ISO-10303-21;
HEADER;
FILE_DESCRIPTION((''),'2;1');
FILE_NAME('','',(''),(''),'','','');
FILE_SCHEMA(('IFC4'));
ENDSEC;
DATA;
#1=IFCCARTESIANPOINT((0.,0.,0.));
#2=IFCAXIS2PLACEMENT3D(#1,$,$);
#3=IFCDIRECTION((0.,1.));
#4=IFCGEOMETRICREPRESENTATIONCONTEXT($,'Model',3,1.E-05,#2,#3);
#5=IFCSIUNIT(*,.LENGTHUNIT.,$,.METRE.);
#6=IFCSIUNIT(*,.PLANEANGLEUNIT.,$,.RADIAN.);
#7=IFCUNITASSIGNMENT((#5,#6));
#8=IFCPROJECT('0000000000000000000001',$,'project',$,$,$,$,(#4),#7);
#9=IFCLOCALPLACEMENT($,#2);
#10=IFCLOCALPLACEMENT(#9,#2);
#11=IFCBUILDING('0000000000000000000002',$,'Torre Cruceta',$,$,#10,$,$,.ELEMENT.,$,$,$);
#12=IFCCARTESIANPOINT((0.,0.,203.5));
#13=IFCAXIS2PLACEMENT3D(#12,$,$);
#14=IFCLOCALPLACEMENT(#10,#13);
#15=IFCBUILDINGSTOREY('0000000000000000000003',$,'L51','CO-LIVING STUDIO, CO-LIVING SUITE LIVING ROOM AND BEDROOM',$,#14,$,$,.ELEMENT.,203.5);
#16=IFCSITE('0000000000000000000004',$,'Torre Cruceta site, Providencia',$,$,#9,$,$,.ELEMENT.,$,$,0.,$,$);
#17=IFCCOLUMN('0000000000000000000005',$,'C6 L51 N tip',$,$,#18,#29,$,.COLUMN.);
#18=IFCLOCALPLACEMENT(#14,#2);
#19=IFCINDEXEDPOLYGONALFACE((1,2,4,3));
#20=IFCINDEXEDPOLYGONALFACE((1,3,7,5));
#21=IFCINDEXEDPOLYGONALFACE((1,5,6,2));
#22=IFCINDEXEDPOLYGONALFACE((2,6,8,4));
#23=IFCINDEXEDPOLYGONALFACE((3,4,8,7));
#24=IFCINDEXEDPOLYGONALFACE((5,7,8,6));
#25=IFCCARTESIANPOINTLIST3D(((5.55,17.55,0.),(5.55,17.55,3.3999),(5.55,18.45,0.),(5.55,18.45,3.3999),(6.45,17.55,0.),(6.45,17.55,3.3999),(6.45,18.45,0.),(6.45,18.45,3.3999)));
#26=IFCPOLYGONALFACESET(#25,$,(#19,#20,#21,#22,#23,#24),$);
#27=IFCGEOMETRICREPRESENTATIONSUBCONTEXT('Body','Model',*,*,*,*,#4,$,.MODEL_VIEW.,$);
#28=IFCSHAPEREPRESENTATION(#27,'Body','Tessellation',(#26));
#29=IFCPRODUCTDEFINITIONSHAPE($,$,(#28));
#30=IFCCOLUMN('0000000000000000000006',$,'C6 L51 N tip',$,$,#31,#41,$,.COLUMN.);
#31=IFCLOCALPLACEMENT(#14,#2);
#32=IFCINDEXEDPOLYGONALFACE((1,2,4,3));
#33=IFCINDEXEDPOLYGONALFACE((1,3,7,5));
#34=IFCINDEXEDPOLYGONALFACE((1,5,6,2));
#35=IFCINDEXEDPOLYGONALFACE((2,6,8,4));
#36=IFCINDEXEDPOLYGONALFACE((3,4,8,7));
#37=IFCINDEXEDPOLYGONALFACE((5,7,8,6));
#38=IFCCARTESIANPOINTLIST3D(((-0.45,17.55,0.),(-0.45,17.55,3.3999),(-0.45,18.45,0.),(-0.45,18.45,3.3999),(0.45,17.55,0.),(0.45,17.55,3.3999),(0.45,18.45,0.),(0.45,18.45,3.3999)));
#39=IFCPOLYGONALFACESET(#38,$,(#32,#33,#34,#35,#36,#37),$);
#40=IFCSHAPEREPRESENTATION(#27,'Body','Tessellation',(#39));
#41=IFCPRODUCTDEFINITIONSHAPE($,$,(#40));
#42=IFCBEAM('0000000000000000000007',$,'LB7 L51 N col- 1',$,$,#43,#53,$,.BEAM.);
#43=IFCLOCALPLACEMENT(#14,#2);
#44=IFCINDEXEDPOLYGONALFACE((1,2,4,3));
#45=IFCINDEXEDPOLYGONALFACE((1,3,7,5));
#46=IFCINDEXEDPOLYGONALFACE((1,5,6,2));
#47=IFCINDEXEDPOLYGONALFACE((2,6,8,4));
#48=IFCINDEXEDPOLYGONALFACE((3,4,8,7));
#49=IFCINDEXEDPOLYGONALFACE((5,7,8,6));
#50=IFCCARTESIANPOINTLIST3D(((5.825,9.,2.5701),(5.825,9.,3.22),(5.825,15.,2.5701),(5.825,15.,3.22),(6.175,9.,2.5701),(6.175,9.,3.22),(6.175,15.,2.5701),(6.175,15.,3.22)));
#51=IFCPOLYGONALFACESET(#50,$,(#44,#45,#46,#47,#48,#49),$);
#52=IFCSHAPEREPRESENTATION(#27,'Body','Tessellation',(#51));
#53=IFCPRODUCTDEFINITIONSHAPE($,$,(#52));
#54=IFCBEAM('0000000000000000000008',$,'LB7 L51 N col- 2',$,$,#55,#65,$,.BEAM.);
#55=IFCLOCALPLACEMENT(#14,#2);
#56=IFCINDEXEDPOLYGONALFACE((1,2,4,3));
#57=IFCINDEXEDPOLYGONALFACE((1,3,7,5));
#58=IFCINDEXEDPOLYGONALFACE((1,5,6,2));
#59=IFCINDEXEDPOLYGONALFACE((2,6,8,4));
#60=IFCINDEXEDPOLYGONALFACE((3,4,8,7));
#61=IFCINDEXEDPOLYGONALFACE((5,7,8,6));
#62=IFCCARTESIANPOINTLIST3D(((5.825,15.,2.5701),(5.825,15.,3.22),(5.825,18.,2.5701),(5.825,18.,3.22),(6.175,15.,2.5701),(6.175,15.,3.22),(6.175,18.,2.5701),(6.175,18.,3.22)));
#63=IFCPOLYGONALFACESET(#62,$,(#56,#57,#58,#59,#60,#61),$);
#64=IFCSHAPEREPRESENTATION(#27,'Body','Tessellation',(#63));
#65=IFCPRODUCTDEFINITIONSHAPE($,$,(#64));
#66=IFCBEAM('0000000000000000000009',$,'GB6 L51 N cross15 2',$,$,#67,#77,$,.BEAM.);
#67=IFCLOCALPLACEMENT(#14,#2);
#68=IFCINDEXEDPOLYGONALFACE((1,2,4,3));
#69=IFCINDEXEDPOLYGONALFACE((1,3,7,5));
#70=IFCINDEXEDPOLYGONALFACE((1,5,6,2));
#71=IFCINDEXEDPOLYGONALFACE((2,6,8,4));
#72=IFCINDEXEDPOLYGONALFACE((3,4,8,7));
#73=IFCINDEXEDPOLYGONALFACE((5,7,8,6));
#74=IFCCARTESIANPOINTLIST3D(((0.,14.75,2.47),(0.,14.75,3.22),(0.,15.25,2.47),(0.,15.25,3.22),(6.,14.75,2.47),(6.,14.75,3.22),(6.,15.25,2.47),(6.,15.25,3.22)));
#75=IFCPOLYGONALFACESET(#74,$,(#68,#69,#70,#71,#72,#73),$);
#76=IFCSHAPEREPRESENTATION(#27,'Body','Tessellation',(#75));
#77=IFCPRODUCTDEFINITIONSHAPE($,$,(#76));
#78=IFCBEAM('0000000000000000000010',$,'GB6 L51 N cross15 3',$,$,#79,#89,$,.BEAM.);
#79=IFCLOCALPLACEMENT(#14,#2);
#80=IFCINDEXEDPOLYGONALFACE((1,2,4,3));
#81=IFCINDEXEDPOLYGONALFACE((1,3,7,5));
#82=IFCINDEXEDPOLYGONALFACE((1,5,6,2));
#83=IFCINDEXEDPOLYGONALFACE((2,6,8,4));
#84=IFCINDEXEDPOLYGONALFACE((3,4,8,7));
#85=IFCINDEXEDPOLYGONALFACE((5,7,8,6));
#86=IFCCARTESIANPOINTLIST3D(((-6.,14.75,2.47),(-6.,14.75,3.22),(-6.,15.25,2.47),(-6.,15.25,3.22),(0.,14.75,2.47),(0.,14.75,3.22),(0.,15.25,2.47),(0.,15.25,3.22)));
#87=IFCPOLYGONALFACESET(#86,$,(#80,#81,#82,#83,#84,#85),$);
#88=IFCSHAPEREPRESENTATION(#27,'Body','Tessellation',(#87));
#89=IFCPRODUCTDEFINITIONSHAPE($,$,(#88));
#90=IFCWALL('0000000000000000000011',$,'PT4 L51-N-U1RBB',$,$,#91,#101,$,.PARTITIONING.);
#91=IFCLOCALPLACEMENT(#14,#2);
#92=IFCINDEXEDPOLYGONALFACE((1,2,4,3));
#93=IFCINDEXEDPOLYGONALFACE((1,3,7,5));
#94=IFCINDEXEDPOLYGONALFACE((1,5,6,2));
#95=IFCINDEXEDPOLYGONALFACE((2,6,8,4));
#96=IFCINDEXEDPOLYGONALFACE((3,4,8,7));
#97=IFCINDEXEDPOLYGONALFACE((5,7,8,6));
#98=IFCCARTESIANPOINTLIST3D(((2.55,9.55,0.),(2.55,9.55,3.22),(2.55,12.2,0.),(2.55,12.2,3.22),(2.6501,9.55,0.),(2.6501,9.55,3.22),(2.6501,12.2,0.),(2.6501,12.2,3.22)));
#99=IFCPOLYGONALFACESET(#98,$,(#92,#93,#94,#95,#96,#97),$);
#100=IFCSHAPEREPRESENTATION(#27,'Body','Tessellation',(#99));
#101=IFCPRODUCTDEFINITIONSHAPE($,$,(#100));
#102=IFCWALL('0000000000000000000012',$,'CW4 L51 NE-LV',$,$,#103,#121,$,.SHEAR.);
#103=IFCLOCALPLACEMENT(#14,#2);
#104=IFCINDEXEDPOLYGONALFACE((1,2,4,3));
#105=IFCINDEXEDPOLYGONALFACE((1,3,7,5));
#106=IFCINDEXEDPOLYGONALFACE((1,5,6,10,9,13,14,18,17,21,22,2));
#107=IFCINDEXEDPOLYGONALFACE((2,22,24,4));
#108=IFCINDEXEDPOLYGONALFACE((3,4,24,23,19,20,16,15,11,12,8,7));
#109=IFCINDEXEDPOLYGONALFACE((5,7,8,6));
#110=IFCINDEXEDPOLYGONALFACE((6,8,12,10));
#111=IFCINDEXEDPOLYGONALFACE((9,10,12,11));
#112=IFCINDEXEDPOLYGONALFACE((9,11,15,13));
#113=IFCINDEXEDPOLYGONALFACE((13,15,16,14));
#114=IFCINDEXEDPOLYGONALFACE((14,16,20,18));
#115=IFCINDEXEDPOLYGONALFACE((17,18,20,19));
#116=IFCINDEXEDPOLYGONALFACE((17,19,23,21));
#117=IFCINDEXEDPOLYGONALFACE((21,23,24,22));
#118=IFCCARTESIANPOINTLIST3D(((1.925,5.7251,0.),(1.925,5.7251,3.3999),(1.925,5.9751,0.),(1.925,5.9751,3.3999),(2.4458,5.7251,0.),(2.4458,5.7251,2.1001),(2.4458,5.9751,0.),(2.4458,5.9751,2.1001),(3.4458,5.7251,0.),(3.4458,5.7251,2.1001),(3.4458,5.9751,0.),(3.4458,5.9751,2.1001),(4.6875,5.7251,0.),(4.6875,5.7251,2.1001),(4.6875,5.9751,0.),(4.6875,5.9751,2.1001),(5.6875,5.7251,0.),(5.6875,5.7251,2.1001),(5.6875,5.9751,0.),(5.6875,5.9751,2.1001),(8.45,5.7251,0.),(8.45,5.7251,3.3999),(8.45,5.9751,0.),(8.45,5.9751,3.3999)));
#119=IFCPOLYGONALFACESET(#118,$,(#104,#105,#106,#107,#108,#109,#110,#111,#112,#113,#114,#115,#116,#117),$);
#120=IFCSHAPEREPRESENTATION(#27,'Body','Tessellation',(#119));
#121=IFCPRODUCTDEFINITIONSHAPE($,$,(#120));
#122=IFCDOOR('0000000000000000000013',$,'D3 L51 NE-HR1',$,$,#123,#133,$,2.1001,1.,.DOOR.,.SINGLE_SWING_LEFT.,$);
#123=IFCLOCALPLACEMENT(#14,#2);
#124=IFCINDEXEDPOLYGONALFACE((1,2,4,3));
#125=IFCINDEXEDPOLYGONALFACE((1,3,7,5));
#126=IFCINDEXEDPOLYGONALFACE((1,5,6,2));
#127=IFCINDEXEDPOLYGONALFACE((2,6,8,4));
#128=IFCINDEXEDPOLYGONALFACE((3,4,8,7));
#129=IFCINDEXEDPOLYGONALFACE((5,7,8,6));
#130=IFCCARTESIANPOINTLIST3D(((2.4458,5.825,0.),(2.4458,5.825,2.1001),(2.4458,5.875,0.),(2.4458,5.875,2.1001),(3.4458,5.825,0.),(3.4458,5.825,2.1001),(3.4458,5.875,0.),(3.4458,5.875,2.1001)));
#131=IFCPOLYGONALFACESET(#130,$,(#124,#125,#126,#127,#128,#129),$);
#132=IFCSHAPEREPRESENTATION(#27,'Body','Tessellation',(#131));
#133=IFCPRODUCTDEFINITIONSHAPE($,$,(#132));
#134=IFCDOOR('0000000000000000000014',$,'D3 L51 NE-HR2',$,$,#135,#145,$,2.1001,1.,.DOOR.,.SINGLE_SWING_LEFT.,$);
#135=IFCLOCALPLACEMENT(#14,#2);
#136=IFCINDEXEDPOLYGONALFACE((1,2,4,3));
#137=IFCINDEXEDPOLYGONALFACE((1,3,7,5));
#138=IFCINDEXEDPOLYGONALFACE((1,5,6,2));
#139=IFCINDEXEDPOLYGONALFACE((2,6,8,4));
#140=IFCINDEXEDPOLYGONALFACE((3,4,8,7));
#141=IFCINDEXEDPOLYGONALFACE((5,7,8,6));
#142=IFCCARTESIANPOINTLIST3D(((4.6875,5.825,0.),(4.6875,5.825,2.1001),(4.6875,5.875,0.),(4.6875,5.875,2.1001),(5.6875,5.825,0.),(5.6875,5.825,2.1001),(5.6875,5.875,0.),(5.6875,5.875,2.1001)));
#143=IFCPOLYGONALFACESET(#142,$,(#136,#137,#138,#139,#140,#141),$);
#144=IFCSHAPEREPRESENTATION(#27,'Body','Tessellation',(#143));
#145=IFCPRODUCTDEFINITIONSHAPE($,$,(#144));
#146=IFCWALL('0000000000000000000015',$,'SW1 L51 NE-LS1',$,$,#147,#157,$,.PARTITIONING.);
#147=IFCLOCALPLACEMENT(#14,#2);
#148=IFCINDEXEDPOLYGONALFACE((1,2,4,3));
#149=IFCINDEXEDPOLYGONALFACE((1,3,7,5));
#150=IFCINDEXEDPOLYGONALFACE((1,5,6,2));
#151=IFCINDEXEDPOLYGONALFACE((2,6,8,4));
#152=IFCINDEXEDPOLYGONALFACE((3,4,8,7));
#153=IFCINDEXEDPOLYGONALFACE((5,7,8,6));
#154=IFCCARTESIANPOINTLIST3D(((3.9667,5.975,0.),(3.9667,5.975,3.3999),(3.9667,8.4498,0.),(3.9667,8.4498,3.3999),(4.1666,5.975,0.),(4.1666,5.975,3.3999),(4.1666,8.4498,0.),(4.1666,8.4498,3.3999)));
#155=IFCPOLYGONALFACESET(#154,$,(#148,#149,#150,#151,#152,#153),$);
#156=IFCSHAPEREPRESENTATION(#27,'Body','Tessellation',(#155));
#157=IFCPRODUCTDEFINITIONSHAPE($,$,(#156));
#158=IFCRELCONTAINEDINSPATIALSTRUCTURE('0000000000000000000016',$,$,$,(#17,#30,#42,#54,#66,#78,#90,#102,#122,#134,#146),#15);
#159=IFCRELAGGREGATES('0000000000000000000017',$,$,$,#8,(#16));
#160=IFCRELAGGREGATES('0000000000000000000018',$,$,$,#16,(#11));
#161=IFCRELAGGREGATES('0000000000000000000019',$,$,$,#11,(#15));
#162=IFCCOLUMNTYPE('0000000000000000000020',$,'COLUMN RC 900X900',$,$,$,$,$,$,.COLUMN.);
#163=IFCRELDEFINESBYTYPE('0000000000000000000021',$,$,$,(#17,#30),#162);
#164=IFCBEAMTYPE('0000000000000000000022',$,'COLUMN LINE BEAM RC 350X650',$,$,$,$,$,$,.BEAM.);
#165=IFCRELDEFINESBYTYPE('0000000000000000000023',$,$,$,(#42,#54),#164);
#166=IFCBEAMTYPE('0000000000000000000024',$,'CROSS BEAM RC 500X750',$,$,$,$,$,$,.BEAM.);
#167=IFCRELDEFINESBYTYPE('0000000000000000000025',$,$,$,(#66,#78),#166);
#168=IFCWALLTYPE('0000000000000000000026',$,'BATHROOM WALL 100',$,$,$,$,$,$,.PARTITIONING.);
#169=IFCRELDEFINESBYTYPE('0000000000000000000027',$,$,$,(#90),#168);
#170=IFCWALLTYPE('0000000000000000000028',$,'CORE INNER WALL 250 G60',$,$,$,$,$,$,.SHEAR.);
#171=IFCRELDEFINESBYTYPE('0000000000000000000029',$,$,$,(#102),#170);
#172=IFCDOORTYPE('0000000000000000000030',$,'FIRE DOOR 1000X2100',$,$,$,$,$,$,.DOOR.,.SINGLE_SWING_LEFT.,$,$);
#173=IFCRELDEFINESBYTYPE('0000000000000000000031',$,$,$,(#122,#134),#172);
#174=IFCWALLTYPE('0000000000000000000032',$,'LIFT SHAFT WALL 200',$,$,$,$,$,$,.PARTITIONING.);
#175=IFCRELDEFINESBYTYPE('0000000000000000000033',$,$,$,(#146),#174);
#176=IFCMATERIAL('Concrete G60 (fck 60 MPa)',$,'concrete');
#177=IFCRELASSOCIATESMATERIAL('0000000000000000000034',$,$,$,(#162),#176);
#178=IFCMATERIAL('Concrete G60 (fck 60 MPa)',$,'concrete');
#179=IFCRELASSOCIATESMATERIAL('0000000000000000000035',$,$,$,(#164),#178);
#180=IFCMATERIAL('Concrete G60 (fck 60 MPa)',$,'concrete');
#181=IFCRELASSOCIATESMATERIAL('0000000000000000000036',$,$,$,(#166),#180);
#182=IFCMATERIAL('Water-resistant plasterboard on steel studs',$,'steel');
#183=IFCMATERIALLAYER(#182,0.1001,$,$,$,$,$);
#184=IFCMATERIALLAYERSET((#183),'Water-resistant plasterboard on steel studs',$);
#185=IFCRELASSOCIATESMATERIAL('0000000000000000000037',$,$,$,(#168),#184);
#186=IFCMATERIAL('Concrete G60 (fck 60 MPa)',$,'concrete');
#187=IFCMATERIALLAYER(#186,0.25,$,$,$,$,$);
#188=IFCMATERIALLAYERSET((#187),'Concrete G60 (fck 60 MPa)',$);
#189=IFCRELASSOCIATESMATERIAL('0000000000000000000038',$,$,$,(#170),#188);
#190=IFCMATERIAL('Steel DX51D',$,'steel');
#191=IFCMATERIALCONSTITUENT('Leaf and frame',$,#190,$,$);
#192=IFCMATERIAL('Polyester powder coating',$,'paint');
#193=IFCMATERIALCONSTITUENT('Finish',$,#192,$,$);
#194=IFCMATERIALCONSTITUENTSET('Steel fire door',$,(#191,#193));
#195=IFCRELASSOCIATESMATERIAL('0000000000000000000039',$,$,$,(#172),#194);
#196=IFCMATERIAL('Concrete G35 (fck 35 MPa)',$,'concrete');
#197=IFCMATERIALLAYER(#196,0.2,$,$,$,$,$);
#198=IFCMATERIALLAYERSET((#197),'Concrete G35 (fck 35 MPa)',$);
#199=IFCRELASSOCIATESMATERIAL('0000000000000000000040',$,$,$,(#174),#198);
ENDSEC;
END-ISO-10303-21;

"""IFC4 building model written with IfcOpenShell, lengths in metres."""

from ifc_helpers import new_model, si_unit, direction, frame, frame_2d, origin, origin_2d, place, context, subcontext, project, spatial, rectangle, extrude, material, layer, layer_set, constituent, constituent_set, material_profile, profile_set, type_object, element, fill, save


model = new_model("IFC4")

# Units and contexts
model_context = context("Model", 3, precision=1e-05, world=origin(), true_north=direction((0.0, 1.0)))
body_context = subcontext(model_context, "Body", "Model", "MODEL_VIEW")
ifc_project = project(units=[si_unit("LENGTHUNIT", "METRE"), si_unit("PLANEANGLEUNIT", "RADIAN")], contexts=[model_context])

# Site, building, storey
site_placement = place(None, origin())
site = spatial("IfcSite", under=ifc_project, at=site_placement, Name="Torre Cruceta site, Providencia", CompositionType="ELEMENT", RefElevation=0.0)
building_placement = place(site_placement, origin())
building = spatial("IfcBuilding", under=site, at=building_placement, Name="Torre Cruceta", CompositionType="ELEMENT")
storey_placement = place(building_placement, frame((0.0, 0.0, 203.5)))
storey = spatial("IfcBuildingStorey", under=building, at=storey_placement, Name="L51", Description="CO-LIVING STUDIO, CO-LIVING SUITE LIVING ROOM AND BEDROOM", CompositionType="ELEMENT", Elevation=203.5)

# Columns
ifc_material_1 = material(Name="Concrete G60 (fck 60 MPa)", Category="concrete")
ifc_material_profile_1 = material_profile(ifc_material_1, rectangle(XDim=0.8999, YDim=0.8999, at=origin_2d()), Name="RC 900X900")
ifc_profile_set_1 = profile_set([ifc_material_profile_1], Name="Concrete G60 (fck 60 MPa)")
column_type = type_object("IfcColumnType", Name="COLUMN RC 900X900", PredefinedType="COLUMN", material=ifc_profile_set_1)
for number, where, z_axis, x_axis, name in (
    (1, (6.0, 18.0, 0.0), (0.0, 0.0, 1.0), (1.0, 0.0, 0.0), "C6 L51 N tip"),
    (2, (0.0, 18.0, 0.0), (0.0, 0.0, 1.0), (1.0, 0.0, 0.0), "C6 L51 N tip"),
):
    element("IfcColumn", number, at=place(storey_placement, frame(where, z_axis=z_axis, x_axis=x_axis)), inside=storey, type_object=column_type, Name=name, PredefinedType="COLUMN", context=body_context, shape_type="SweptSolid", body=[
        extrude(rectangle(XDim=0.8999, YDim=0.8999, at=origin_2d()), origin(), (0.0, 0.0, 1.0), 3.3999),
    ])

# Beams
ifc_material_2 = material(Name="Concrete G60 (fck 60 MPa)", Category="concrete")
ifc_material_profile_2 = material_profile(ifc_material_2, rectangle(XDim=0.3501, YDim=0.6499, at=origin_2d()), Name="RC 350X650")
ifc_profile_set_2 = profile_set([ifc_material_profile_2], Name="Concrete G60 (fck 60 MPa)")
beam_type_1 = type_object("IfcBeamType", Name="COLUMN LINE BEAM RC 350X650", PredefinedType="BEAM", material=ifc_profile_set_2)
beam_1_placement = place(storey_placement, frame((6.0, 9.0, 2.895), z_axis=(0.0, 1.0, 0.0), x_axis=(-1.0, 0.0, 0.0)))
element("IfcBeam", 3, at=beam_1_placement, inside=storey, type_object=beam_type_1, Name="LB7 L51 N col- 1", PredefinedType="BEAM", context=body_context, shape_type="SweptSolid", body=[
    extrude(rectangle(XDim=0.3501, YDim=0.6499, at=origin_2d()), origin(), (0.0, 0.0, 1.0), 6.0),
])
beam_2_placement = place(storey_placement, frame((6.0, 15.0, 2.895), z_axis=(0.0, 1.0, 0.0), x_axis=(-1.0, 0.0, 0.0)))
element("IfcBeam", 4, at=beam_2_placement, inside=storey, type_object=beam_type_1, Name="LB7 L51 N col- 2", PredefinedType="BEAM", context=body_context, shape_type="SweptSolid", body=[
    extrude(rectangle(XDim=0.3501, YDim=0.6499, at=origin_2d()), origin(), (0.0, 0.0, 1.0), 3.0),
])
ifc_material_3 = material(Name="Concrete G60 (fck 60 MPa)", Category="concrete")
ifc_material_profile_3 = material_profile(ifc_material_3, rectangle(XDim=0.5, YDim=0.75, at=origin_2d()), Name="RC 500X750")
ifc_profile_set_3 = profile_set([ifc_material_profile_3], Name="Concrete G60 (fck 60 MPa)")
beam_type_2 = type_object("IfcBeamType", Name="CROSS BEAM RC 500X750", PredefinedType="BEAM", material=ifc_profile_set_3)
for number, where, z_axis, x_axis, name in (
    (5, (6.0, 15.0, 2.845), (-1.0, 0.0, 0.0), (0.0, -1.0, 0.0), "GB6 L51 N cross15 2"),
    (6, (0.0, 15.0, 2.845), (-1.0, 0.0, 0.0), (0.0, -1.0, 0.0), "GB6 L51 N cross15 3"),
):
    element("IfcBeam", number, at=place(storey_placement, frame(where, z_axis=z_axis, x_axis=x_axis)), inside=storey, type_object=beam_type_2, Name=name, PredefinedType="BEAM", context=body_context, shape_type="SweptSolid", body=[
        extrude(rectangle(XDim=0.5, YDim=0.75, at=origin_2d()), origin(), (0.0, 0.0, 1.0), 6.0),
    ])

# Wall
ifc_material_4 = material(Name="Water-resistant plasterboard on steel studs", Category="steel")
ifc_layer_1 = layer(ifc_material_4, 0.1001)
ifc_layer_set_1 = layer_set([ifc_layer_1], Name="Water-resistant plasterboard on steel studs")
wall_type_1 = type_object("IfcWallType", Name="BATHROOM WALL 100", PredefinedType="PARTITIONING", material=ifc_layer_set_1)
wall_1_placement = place(storey_placement, frame((2.6001, 9.55, 0.0), z_axis=(0.0, 0.0, 1.0), x_axis=(0.0, 1.0, 0.0)))
element("IfcWall", 7, at=wall_1_placement, inside=storey, type_object=wall_type_1, Name="PT4 L51-N-U1RBB", PredefinedType="PARTITIONING", context=body_context, shape_type="SweptSolid", body=[
    extrude(rectangle(XDim=2.6499, YDim=0.1001, at=frame_2d((1.325, 0.0))), origin(), (0.0, 0.0, 1.0), 3.22),
])

# Wall, openings, doors
ifc_material_5 = material(Name="Concrete G60 (fck 60 MPa)", Category="concrete")
ifc_layer_2 = layer(ifc_material_5, 0.25)
ifc_layer_set_2 = layer_set([ifc_layer_2], Name="Concrete G60 (fck 60 MPa)")
wall_type_2 = type_object("IfcWallType", Name="CORE INNER WALL 250 G60", PredefinedType="SHEAR", material=ifc_layer_set_2)
wall_2_placement = place(storey_placement, frame((1.925, 5.8501, 0.0), z_axis=(0.0, 0.0, 1.0), x_axis=(1.0, 0.0, 0.0)))
wall_2 = element("IfcWall", 8, at=wall_2_placement, inside=storey, type_object=wall_type_2, Name="CW4 L51 NE-LV", PredefinedType="SHEAR", context=body_context, shape_type="SweptSolid", body=[
    extrude(rectangle(XDim=6.5249, YDim=0.25, at=frame_2d((3.2625, 0.0))), origin(), (0.0, 0.0, 1.0), 3.3999),
])
opening_1_placement = place(wall_2_placement, frame((0.5208, 0.0, 0.0)))
opening_1 = element("IfcOpeningElement", 9, at=opening_1_placement, cuts=wall_2, PredefinedType="OPENING", context=body_context, shape_type="SweptSolid", body=[
    extrude(rectangle(XDim=1.0, YDim=2.1001, at=frame_2d((0.5, 1.05))), frame((0.0, 0.135, 0.0), z_axis=(0.0, -1.0, 0.0), x_axis=(1.0, 0.0, 0.0)), (0.0, 0.0, 1.0), 0.27),
])
opening_2_placement = place(wall_2_placement, frame((2.7625, 0.0, 0.0)))
opening_2 = element("IfcOpeningElement", 10, at=opening_2_placement, cuts=wall_2, PredefinedType="OPENING", context=body_context, shape_type="SweptSolid", body=[
    extrude(rectangle(XDim=1.0, YDim=2.1001, at=frame_2d((0.5, 1.05))), frame((0.0, 0.135, 0.0), z_axis=(0.0, -1.0, 0.0), x_axis=(1.0, 0.0, 0.0)), (0.0, 0.0, 1.0), 0.27),
])
ifc_material_6 = material(Name="Steel DX51D", Category="steel")
ifc_constituent_1 = constituent(ifc_material_6, Name="Leaf and frame")
ifc_material_7 = material(Name="Polyester powder coating", Category="paint")
ifc_constituent_2 = constituent(ifc_material_7, Name="Finish")
ifc_constituent_set_1 = constituent_set(constituents=[ifc_constituent_1, ifc_constituent_2], Name="Steel fire door")
door_type_1 = type_object("IfcDoorType", Name="FIRE DOOR 1000X2100", OperationType="SINGLE_SWING_LEFT", PredefinedType="DOOR", material=ifc_constituent_set_1)
door_1_placement = place(opening_1_placement, origin())
door_1 = element("IfcDoor", 11, at=door_1_placement, inside=storey, type_object=door_type_1, Name="D3 L51 NE-HR1", OperationType="SINGLE_SWING_LEFT", OverallHeight=2.1001, OverallWidth=1.0, PredefinedType="DOOR", context=body_context, shape_type="SweptSolid", body=[
    extrude(rectangle(XDim=1.0, YDim=2.1001, at=frame_2d((0.5, 1.05))), frame((0.0, 0.0249, 0.0), z_axis=(0.0, -1.0, 0.0), x_axis=(1.0, 0.0, 0.0)), (0.0, 0.0, 1.0), 0.05),
])
fill(opening_1, door_1)
door_2_placement = place(opening_2_placement, origin())
door_2 = element("IfcDoor", 12, at=door_2_placement, inside=storey, type_object=door_type_1, Name="D3 L51 NE-HR2", OperationType="SINGLE_SWING_LEFT", OverallHeight=2.1001, OverallWidth=1.0, PredefinedType="DOOR", context=body_context, shape_type="SweptSolid", body=[
    extrude(rectangle(XDim=1.0, YDim=2.1001, at=frame_2d((0.5, 1.05))), frame((0.0, 0.0249, 0.0), z_axis=(0.0, -1.0, 0.0), x_axis=(1.0, 0.0, 0.0)), (0.0, 0.0, 1.0), 0.05),
])
fill(opening_2, door_2)

# Wall
ifc_material_8 = material(Name="Concrete G35 (fck 35 MPa)", Category="concrete")
ifc_layer_3 = layer(ifc_material_8, 0.2)
ifc_layer_set_3 = layer_set([ifc_layer_3], Name="Concrete G35 (fck 35 MPa)")
wall_type_3 = type_object("IfcWallType", Name="LIFT SHAFT WALL 200", PredefinedType="PARTITIONING", material=ifc_layer_set_3)
wall_3_placement = place(storey_placement, frame((4.0667, 5.9751, 0.0), z_axis=(0.0, 0.0, 1.0), x_axis=(0.0, 1.0, 0.0)))
element("IfcWall", 13, at=wall_3_placement, inside=storey, type_object=wall_type_3, Name="SW1 L51 NE-LS1", PredefinedType="PARTITIONING", context=body_context, shape_type="SweptSolid", body=[
    extrude(rectangle(XDim=2.4749, YDim=0.2, at=frame_2d((1.2373, 0.0))), origin(), (0.0, 0.0, 1.0), 3.3999),
])

save(model, "model.ifc")
